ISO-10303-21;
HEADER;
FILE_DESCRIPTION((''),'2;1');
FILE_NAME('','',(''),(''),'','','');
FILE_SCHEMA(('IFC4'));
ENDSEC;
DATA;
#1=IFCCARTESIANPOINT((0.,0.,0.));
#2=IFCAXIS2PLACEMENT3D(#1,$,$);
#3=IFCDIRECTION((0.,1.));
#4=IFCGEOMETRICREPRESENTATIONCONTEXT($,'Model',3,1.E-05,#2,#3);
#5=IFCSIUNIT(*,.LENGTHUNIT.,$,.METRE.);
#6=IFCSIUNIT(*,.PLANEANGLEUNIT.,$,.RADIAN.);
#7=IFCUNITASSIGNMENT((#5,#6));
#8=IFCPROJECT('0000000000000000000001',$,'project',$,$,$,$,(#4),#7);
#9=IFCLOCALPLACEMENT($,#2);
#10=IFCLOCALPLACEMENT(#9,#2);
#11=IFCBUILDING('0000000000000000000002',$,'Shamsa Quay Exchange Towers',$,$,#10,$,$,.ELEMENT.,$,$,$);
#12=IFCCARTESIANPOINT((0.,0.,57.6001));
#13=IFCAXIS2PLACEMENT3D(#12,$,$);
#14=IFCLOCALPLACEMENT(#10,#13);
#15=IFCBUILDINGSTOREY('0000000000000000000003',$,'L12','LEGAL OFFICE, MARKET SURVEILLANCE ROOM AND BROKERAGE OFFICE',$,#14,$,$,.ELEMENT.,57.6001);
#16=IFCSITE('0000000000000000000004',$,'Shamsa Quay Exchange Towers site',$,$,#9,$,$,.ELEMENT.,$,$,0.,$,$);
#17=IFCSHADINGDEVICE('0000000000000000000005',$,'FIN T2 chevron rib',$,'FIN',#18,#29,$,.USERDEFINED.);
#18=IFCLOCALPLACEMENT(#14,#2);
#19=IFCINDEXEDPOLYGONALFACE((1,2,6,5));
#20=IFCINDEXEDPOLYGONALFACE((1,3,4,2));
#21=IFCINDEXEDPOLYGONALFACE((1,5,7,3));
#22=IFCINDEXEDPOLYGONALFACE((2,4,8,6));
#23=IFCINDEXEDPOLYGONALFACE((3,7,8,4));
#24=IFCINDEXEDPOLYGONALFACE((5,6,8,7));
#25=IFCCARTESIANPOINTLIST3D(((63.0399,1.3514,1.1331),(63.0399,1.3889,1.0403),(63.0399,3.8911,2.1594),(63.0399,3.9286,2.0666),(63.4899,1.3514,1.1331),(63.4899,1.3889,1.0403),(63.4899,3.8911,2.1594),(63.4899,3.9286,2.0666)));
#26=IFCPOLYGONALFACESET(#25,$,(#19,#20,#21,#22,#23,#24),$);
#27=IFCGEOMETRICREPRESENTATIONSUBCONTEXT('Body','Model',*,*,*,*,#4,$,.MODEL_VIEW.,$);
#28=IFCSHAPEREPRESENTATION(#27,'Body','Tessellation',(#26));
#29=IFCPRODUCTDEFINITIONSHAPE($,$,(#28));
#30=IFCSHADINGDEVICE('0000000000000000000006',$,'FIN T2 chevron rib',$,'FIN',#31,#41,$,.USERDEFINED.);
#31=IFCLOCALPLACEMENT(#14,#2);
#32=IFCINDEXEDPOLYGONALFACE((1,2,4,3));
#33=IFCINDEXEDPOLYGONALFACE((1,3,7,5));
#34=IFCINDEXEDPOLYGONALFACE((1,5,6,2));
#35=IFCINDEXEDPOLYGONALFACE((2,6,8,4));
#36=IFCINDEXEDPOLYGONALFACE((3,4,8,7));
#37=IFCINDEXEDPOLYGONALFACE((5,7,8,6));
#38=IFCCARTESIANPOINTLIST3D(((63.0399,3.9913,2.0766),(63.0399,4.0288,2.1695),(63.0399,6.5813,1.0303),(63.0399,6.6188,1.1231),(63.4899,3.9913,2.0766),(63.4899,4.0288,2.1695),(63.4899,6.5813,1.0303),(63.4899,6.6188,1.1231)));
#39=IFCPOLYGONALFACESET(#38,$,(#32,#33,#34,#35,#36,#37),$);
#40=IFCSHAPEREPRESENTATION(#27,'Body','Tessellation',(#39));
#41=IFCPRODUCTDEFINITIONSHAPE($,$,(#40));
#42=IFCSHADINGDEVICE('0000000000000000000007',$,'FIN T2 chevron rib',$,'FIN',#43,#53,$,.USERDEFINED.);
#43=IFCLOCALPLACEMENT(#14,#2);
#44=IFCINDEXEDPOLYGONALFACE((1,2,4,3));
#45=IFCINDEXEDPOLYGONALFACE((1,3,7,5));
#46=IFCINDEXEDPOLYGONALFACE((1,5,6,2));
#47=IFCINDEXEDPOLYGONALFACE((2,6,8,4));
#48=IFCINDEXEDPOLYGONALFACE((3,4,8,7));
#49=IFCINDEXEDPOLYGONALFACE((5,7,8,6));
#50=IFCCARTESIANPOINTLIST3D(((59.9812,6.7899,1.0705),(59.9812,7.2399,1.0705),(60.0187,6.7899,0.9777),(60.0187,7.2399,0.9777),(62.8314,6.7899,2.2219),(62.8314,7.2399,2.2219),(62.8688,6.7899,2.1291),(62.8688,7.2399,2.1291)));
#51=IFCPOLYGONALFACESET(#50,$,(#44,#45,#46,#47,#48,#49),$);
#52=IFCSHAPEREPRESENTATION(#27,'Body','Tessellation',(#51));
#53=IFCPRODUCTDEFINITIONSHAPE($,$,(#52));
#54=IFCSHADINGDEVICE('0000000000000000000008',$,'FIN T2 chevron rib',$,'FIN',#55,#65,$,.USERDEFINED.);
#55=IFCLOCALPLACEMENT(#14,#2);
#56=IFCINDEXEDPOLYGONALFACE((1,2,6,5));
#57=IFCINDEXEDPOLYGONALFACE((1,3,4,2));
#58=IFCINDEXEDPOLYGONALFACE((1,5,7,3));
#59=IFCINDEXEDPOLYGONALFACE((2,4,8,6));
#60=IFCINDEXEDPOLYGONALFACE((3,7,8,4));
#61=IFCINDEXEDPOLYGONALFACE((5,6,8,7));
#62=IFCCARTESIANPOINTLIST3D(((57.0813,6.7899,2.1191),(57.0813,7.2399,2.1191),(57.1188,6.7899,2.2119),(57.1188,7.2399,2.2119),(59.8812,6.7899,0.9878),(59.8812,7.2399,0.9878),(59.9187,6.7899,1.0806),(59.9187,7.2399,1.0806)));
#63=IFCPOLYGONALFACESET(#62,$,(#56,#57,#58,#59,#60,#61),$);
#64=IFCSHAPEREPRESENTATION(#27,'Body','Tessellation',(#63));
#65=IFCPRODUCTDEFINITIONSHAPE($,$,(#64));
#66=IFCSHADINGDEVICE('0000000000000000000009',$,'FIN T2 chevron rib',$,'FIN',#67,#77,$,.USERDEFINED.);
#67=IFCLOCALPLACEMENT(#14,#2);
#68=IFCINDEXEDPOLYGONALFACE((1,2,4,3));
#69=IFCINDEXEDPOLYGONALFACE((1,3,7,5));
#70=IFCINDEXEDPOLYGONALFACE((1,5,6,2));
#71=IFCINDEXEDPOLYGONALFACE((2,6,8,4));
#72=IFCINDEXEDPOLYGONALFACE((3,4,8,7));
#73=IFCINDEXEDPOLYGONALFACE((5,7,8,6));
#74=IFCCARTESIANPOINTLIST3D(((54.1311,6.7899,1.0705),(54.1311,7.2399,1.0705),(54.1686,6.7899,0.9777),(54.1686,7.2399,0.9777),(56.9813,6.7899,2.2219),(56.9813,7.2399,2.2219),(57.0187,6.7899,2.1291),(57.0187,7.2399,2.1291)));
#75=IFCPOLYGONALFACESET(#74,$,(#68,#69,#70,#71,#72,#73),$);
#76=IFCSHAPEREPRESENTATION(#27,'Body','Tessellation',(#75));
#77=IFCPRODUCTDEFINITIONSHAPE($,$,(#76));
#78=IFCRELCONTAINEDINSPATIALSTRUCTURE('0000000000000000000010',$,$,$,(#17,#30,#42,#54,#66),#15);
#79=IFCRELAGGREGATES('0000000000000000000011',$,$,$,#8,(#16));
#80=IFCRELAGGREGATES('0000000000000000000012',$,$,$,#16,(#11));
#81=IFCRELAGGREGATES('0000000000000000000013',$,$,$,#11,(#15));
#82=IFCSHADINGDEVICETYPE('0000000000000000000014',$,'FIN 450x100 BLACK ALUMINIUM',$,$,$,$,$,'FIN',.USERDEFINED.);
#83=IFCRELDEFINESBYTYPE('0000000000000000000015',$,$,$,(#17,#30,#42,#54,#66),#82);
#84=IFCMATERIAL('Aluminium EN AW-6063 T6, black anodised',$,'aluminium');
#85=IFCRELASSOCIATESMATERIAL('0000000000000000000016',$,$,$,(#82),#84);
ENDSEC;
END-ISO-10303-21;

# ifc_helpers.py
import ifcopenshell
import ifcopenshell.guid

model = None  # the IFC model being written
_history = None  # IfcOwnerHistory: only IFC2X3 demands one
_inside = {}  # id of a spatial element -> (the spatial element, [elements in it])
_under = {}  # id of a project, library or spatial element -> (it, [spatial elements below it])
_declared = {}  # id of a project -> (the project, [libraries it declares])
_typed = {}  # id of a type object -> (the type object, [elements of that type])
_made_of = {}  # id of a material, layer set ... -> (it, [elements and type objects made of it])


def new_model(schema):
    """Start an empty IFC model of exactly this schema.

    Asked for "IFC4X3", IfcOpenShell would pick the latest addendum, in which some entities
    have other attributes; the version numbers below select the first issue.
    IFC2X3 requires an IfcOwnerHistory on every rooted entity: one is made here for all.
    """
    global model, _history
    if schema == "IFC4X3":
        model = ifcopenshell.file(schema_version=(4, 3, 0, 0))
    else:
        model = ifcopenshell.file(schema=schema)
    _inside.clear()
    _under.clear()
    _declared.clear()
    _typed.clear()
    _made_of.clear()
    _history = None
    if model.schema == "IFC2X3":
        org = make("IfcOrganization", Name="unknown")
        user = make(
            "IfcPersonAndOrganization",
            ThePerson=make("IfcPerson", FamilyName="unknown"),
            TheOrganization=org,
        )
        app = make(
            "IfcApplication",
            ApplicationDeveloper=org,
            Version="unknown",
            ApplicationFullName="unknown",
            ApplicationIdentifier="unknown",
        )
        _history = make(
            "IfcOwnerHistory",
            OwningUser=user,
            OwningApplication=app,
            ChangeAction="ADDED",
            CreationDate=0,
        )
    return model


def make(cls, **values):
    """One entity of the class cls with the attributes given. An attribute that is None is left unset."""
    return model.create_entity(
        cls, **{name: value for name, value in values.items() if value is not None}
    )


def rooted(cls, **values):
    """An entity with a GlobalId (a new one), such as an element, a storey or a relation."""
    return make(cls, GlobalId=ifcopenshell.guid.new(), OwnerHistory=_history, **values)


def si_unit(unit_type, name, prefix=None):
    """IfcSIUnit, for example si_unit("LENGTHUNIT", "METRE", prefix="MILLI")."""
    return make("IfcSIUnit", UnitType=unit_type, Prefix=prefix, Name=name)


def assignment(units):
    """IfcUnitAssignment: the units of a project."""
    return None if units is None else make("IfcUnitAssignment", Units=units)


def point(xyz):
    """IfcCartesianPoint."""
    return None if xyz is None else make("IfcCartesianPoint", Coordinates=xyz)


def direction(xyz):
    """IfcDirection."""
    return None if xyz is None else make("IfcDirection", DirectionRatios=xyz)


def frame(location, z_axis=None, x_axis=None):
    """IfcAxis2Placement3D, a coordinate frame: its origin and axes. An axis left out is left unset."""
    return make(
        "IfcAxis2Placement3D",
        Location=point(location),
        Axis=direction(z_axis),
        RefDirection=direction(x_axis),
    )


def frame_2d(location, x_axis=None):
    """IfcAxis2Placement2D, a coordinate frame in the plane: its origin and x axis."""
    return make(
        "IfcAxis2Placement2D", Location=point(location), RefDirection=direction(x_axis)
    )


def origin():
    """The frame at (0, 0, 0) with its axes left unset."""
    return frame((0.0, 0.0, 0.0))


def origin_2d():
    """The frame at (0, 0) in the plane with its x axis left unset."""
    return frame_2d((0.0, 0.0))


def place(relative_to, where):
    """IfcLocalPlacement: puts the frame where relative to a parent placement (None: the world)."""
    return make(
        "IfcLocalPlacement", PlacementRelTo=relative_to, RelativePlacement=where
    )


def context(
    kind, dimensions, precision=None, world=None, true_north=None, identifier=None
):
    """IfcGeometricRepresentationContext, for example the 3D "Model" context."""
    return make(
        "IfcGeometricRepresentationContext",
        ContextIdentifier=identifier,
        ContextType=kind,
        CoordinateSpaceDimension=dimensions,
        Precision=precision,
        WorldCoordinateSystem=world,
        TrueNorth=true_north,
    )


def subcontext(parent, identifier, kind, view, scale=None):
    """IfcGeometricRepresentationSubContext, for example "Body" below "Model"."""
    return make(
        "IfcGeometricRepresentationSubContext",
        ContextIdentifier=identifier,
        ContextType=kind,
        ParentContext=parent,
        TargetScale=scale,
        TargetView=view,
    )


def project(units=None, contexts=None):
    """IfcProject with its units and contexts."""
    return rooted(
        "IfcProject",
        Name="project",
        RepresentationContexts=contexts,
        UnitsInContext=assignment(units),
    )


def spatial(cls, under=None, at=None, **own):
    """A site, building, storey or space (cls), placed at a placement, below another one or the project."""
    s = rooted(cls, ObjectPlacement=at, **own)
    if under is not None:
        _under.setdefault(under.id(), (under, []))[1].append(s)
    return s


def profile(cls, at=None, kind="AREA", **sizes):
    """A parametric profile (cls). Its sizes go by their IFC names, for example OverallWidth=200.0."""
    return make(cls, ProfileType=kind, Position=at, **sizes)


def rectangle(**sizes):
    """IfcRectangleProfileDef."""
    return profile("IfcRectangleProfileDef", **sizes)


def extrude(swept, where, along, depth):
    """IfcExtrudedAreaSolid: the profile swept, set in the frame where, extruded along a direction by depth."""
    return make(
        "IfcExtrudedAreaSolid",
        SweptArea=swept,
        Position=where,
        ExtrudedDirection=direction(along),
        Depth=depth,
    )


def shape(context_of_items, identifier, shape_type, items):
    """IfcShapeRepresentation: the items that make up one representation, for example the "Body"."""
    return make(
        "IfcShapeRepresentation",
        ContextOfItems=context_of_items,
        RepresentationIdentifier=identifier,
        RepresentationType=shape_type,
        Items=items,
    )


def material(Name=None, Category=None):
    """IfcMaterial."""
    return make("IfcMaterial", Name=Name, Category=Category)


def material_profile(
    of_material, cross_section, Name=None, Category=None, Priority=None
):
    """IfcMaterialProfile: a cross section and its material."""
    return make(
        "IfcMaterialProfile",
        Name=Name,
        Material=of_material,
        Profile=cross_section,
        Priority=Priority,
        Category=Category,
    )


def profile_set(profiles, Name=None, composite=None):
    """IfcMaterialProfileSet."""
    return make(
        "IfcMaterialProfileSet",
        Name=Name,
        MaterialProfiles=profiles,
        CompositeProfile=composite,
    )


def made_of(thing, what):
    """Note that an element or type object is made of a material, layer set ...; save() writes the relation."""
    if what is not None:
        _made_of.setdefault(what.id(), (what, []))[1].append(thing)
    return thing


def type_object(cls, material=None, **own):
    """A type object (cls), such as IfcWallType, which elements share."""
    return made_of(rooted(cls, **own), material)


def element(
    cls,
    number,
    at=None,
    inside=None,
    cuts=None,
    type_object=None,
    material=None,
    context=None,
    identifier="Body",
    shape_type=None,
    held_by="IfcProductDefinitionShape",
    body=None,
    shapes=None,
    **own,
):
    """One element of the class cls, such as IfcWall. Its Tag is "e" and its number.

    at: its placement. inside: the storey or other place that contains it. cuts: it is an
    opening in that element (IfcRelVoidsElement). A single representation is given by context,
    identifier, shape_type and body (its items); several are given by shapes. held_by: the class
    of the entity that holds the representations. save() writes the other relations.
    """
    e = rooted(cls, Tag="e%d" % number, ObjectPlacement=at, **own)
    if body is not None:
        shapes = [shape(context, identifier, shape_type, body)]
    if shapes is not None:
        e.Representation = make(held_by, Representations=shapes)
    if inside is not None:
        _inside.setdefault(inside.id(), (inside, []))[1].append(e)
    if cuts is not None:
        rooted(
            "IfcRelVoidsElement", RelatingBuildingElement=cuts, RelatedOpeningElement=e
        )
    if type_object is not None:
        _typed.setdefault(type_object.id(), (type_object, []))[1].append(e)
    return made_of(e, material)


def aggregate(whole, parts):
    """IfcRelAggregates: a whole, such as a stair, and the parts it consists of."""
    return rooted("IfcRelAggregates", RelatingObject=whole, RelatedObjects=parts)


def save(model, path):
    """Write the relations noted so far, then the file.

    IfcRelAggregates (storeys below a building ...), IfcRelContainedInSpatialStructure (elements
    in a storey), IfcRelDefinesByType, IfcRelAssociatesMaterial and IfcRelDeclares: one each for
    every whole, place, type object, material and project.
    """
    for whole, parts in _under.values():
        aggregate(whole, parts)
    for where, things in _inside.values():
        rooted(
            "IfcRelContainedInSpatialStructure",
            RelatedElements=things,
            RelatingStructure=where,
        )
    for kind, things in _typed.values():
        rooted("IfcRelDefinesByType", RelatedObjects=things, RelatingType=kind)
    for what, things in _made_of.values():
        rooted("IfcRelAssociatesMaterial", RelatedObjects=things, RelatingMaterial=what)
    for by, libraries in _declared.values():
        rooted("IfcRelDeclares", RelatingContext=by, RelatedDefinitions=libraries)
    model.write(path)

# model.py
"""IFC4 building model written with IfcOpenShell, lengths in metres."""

from ifc_helpers import new_model, si_unit, direction, frame, origin, origin_2d, place, context, subcontext, project, spatial, rectangle, extrude, material, material_profile, profile_set, type_object, element, save


model = new_model("IFC4")

# Units and contexts
model_context = context("Model", 3, precision=1e-05, world=origin(), true_north=direction((0.0, 1.0)))
body_context = subcontext(model_context, "Body", "Model", "MODEL_VIEW")
ifc_project = project(units=[si_unit("LENGTHUNIT", "METRE"), si_unit("PLANEANGLEUNIT", "RADIAN")], contexts=[model_context])

# Site, building, storey
site_placement = place(None, origin())
site = spatial("IfcSite", under=ifc_project, at=site_placement, Name="Shamsa Quay Exchange Towers site", CompositionType="ELEMENT", RefElevation=0.0)
building_placement = place(site_placement, origin())
building = spatial("IfcBuilding", under=site, at=building_placement, Name="Shamsa Quay Exchange Towers", CompositionType="ELEMENT")
storey_placement = place(building_placement, frame((0.0, 0.0, 57.6001)))
storey = spatial("IfcBuildingStorey", under=building, at=storey_placement, Name="L12", Description="LEGAL OFFICE, MARKET SURVEILLANCE ROOM AND BROKERAGE OFFICE", CompositionType="ELEMENT", Elevation=57.6001)

# Shared definitions
ifc_material_1 = material(Name="Aluminium EN AW-6063 T6, black anodised", Category="aluminium")

# Shading devices
ifc_material_profile_1 = material_profile(ifc_material_1, rectangle(XDim=0.45, YDim=0.1001, at=origin_2d()), Name="FIN450x100")
ifc_profile_set_1 = profile_set([ifc_material_profile_1], Name="Aluminium EN AW-6063 T6, black anodised")
shading_device_type = type_object("IfcShadingDeviceType", Name="FIN 450x100 BLACK ALUMINIUM", ElementType="FIN", PredefinedType="USERDEFINED", material=ifc_profile_set_1)
shading_device_1_placement = place(storey_placement, frame((63.2649, 1.3701, 1.0867), z_axis=(0.0, 0.927156, 0.374677), x_axis=(-1.0, 0.0, 0.0)))
element("IfcShadingDevice", 1, at=shading_device_1_placement, inside=storey, type_object=shading_device_type, Name="FIN T2 chevron rib", ObjectType="FIN", PredefinedType="USERDEFINED", context=body_context, shape_type="SweptSolid", body=[
    extrude(rectangle(XDim=0.45, YDim=0.1001, at=origin_2d()), origin(), (0.0, 0.0, 1.0), 2.7393),
])
shading_device_2_placement = place(storey_placement, frame((63.2649, 4.01, 2.123), z_axis=(0.0, 0.927193, -0.374583), x_axis=(-1.0, 0.0, 0.0)))
element("IfcShadingDevice", 2, at=shading_device_2_placement, inside=storey, type_object=shading_device_type, Name="FIN T2 chevron rib", ObjectType="FIN", PredefinedType="USERDEFINED", context=body_context, shape_type="SweptSolid", body=[
    extrude(rectangle(XDim=0.45, YDim=0.1001, at=origin_2d()), origin(), (0.0, 0.0, 1.0), 2.7935),
])
shading_device_3_placement = place(storey_placement, frame((62.8501, 7.0149, 2.1755), z_axis=(-0.9272, 0.0, -0.374565), x_axis=(0.0, -1.0, 0.0)))
element("IfcShadingDevice", 3, at=shading_device_3_placement, inside=storey, type_object=shading_device_type, Name="FIN T2 chevron rib", ObjectType="FIN", PredefinedType="USERDEFINED", context=body_context, shape_type="SweptSolid", body=[
    extrude(rectangle(XDim=0.45, YDim=0.1001, at=origin_2d()), origin(), (0.0, 0.0, 1.0), 3.074),
])
shading_device_4_placement = place(storey_placement, frame((59.8999, 7.0149, 1.0342), z_axis=(-0.927166, 0.0, 0.37465), x_axis=(0.0, -1.0, 0.0)))
element("IfcShadingDevice", 4, at=shading_device_4_placement, inside=storey, type_object=shading_device_type, Name="FIN T2 chevron rib", ObjectType="FIN", PredefinedType="USERDEFINED", context=body_context, shape_type="SweptSolid", body=[
    extrude(rectangle(XDim=0.45, YDim=0.1001, at=origin_2d()), origin(), (0.0, 0.0, 1.0), 3.0198),
])
shading_device_5_placement = place(storey_placement, frame((57.0, 7.0149, 2.1755), z_axis=(-0.9272, 0.0, -0.374565), x_axis=(0.0, -1.0, 0.0)))
element("IfcShadingDevice", 5, at=shading_device_5_placement, inside=storey, type_object=shading_device_type, Name="FIN T2 chevron rib", ObjectType="FIN", PredefinedType="USERDEFINED", context=body_context, shape_type="SweptSolid", body=[
    extrude(rectangle(XDim=0.45, YDim=0.1001, at=origin_2d()), origin(), (0.0, 0.0, 1.0), 3.074),
])

save(model, "model.ifc")
